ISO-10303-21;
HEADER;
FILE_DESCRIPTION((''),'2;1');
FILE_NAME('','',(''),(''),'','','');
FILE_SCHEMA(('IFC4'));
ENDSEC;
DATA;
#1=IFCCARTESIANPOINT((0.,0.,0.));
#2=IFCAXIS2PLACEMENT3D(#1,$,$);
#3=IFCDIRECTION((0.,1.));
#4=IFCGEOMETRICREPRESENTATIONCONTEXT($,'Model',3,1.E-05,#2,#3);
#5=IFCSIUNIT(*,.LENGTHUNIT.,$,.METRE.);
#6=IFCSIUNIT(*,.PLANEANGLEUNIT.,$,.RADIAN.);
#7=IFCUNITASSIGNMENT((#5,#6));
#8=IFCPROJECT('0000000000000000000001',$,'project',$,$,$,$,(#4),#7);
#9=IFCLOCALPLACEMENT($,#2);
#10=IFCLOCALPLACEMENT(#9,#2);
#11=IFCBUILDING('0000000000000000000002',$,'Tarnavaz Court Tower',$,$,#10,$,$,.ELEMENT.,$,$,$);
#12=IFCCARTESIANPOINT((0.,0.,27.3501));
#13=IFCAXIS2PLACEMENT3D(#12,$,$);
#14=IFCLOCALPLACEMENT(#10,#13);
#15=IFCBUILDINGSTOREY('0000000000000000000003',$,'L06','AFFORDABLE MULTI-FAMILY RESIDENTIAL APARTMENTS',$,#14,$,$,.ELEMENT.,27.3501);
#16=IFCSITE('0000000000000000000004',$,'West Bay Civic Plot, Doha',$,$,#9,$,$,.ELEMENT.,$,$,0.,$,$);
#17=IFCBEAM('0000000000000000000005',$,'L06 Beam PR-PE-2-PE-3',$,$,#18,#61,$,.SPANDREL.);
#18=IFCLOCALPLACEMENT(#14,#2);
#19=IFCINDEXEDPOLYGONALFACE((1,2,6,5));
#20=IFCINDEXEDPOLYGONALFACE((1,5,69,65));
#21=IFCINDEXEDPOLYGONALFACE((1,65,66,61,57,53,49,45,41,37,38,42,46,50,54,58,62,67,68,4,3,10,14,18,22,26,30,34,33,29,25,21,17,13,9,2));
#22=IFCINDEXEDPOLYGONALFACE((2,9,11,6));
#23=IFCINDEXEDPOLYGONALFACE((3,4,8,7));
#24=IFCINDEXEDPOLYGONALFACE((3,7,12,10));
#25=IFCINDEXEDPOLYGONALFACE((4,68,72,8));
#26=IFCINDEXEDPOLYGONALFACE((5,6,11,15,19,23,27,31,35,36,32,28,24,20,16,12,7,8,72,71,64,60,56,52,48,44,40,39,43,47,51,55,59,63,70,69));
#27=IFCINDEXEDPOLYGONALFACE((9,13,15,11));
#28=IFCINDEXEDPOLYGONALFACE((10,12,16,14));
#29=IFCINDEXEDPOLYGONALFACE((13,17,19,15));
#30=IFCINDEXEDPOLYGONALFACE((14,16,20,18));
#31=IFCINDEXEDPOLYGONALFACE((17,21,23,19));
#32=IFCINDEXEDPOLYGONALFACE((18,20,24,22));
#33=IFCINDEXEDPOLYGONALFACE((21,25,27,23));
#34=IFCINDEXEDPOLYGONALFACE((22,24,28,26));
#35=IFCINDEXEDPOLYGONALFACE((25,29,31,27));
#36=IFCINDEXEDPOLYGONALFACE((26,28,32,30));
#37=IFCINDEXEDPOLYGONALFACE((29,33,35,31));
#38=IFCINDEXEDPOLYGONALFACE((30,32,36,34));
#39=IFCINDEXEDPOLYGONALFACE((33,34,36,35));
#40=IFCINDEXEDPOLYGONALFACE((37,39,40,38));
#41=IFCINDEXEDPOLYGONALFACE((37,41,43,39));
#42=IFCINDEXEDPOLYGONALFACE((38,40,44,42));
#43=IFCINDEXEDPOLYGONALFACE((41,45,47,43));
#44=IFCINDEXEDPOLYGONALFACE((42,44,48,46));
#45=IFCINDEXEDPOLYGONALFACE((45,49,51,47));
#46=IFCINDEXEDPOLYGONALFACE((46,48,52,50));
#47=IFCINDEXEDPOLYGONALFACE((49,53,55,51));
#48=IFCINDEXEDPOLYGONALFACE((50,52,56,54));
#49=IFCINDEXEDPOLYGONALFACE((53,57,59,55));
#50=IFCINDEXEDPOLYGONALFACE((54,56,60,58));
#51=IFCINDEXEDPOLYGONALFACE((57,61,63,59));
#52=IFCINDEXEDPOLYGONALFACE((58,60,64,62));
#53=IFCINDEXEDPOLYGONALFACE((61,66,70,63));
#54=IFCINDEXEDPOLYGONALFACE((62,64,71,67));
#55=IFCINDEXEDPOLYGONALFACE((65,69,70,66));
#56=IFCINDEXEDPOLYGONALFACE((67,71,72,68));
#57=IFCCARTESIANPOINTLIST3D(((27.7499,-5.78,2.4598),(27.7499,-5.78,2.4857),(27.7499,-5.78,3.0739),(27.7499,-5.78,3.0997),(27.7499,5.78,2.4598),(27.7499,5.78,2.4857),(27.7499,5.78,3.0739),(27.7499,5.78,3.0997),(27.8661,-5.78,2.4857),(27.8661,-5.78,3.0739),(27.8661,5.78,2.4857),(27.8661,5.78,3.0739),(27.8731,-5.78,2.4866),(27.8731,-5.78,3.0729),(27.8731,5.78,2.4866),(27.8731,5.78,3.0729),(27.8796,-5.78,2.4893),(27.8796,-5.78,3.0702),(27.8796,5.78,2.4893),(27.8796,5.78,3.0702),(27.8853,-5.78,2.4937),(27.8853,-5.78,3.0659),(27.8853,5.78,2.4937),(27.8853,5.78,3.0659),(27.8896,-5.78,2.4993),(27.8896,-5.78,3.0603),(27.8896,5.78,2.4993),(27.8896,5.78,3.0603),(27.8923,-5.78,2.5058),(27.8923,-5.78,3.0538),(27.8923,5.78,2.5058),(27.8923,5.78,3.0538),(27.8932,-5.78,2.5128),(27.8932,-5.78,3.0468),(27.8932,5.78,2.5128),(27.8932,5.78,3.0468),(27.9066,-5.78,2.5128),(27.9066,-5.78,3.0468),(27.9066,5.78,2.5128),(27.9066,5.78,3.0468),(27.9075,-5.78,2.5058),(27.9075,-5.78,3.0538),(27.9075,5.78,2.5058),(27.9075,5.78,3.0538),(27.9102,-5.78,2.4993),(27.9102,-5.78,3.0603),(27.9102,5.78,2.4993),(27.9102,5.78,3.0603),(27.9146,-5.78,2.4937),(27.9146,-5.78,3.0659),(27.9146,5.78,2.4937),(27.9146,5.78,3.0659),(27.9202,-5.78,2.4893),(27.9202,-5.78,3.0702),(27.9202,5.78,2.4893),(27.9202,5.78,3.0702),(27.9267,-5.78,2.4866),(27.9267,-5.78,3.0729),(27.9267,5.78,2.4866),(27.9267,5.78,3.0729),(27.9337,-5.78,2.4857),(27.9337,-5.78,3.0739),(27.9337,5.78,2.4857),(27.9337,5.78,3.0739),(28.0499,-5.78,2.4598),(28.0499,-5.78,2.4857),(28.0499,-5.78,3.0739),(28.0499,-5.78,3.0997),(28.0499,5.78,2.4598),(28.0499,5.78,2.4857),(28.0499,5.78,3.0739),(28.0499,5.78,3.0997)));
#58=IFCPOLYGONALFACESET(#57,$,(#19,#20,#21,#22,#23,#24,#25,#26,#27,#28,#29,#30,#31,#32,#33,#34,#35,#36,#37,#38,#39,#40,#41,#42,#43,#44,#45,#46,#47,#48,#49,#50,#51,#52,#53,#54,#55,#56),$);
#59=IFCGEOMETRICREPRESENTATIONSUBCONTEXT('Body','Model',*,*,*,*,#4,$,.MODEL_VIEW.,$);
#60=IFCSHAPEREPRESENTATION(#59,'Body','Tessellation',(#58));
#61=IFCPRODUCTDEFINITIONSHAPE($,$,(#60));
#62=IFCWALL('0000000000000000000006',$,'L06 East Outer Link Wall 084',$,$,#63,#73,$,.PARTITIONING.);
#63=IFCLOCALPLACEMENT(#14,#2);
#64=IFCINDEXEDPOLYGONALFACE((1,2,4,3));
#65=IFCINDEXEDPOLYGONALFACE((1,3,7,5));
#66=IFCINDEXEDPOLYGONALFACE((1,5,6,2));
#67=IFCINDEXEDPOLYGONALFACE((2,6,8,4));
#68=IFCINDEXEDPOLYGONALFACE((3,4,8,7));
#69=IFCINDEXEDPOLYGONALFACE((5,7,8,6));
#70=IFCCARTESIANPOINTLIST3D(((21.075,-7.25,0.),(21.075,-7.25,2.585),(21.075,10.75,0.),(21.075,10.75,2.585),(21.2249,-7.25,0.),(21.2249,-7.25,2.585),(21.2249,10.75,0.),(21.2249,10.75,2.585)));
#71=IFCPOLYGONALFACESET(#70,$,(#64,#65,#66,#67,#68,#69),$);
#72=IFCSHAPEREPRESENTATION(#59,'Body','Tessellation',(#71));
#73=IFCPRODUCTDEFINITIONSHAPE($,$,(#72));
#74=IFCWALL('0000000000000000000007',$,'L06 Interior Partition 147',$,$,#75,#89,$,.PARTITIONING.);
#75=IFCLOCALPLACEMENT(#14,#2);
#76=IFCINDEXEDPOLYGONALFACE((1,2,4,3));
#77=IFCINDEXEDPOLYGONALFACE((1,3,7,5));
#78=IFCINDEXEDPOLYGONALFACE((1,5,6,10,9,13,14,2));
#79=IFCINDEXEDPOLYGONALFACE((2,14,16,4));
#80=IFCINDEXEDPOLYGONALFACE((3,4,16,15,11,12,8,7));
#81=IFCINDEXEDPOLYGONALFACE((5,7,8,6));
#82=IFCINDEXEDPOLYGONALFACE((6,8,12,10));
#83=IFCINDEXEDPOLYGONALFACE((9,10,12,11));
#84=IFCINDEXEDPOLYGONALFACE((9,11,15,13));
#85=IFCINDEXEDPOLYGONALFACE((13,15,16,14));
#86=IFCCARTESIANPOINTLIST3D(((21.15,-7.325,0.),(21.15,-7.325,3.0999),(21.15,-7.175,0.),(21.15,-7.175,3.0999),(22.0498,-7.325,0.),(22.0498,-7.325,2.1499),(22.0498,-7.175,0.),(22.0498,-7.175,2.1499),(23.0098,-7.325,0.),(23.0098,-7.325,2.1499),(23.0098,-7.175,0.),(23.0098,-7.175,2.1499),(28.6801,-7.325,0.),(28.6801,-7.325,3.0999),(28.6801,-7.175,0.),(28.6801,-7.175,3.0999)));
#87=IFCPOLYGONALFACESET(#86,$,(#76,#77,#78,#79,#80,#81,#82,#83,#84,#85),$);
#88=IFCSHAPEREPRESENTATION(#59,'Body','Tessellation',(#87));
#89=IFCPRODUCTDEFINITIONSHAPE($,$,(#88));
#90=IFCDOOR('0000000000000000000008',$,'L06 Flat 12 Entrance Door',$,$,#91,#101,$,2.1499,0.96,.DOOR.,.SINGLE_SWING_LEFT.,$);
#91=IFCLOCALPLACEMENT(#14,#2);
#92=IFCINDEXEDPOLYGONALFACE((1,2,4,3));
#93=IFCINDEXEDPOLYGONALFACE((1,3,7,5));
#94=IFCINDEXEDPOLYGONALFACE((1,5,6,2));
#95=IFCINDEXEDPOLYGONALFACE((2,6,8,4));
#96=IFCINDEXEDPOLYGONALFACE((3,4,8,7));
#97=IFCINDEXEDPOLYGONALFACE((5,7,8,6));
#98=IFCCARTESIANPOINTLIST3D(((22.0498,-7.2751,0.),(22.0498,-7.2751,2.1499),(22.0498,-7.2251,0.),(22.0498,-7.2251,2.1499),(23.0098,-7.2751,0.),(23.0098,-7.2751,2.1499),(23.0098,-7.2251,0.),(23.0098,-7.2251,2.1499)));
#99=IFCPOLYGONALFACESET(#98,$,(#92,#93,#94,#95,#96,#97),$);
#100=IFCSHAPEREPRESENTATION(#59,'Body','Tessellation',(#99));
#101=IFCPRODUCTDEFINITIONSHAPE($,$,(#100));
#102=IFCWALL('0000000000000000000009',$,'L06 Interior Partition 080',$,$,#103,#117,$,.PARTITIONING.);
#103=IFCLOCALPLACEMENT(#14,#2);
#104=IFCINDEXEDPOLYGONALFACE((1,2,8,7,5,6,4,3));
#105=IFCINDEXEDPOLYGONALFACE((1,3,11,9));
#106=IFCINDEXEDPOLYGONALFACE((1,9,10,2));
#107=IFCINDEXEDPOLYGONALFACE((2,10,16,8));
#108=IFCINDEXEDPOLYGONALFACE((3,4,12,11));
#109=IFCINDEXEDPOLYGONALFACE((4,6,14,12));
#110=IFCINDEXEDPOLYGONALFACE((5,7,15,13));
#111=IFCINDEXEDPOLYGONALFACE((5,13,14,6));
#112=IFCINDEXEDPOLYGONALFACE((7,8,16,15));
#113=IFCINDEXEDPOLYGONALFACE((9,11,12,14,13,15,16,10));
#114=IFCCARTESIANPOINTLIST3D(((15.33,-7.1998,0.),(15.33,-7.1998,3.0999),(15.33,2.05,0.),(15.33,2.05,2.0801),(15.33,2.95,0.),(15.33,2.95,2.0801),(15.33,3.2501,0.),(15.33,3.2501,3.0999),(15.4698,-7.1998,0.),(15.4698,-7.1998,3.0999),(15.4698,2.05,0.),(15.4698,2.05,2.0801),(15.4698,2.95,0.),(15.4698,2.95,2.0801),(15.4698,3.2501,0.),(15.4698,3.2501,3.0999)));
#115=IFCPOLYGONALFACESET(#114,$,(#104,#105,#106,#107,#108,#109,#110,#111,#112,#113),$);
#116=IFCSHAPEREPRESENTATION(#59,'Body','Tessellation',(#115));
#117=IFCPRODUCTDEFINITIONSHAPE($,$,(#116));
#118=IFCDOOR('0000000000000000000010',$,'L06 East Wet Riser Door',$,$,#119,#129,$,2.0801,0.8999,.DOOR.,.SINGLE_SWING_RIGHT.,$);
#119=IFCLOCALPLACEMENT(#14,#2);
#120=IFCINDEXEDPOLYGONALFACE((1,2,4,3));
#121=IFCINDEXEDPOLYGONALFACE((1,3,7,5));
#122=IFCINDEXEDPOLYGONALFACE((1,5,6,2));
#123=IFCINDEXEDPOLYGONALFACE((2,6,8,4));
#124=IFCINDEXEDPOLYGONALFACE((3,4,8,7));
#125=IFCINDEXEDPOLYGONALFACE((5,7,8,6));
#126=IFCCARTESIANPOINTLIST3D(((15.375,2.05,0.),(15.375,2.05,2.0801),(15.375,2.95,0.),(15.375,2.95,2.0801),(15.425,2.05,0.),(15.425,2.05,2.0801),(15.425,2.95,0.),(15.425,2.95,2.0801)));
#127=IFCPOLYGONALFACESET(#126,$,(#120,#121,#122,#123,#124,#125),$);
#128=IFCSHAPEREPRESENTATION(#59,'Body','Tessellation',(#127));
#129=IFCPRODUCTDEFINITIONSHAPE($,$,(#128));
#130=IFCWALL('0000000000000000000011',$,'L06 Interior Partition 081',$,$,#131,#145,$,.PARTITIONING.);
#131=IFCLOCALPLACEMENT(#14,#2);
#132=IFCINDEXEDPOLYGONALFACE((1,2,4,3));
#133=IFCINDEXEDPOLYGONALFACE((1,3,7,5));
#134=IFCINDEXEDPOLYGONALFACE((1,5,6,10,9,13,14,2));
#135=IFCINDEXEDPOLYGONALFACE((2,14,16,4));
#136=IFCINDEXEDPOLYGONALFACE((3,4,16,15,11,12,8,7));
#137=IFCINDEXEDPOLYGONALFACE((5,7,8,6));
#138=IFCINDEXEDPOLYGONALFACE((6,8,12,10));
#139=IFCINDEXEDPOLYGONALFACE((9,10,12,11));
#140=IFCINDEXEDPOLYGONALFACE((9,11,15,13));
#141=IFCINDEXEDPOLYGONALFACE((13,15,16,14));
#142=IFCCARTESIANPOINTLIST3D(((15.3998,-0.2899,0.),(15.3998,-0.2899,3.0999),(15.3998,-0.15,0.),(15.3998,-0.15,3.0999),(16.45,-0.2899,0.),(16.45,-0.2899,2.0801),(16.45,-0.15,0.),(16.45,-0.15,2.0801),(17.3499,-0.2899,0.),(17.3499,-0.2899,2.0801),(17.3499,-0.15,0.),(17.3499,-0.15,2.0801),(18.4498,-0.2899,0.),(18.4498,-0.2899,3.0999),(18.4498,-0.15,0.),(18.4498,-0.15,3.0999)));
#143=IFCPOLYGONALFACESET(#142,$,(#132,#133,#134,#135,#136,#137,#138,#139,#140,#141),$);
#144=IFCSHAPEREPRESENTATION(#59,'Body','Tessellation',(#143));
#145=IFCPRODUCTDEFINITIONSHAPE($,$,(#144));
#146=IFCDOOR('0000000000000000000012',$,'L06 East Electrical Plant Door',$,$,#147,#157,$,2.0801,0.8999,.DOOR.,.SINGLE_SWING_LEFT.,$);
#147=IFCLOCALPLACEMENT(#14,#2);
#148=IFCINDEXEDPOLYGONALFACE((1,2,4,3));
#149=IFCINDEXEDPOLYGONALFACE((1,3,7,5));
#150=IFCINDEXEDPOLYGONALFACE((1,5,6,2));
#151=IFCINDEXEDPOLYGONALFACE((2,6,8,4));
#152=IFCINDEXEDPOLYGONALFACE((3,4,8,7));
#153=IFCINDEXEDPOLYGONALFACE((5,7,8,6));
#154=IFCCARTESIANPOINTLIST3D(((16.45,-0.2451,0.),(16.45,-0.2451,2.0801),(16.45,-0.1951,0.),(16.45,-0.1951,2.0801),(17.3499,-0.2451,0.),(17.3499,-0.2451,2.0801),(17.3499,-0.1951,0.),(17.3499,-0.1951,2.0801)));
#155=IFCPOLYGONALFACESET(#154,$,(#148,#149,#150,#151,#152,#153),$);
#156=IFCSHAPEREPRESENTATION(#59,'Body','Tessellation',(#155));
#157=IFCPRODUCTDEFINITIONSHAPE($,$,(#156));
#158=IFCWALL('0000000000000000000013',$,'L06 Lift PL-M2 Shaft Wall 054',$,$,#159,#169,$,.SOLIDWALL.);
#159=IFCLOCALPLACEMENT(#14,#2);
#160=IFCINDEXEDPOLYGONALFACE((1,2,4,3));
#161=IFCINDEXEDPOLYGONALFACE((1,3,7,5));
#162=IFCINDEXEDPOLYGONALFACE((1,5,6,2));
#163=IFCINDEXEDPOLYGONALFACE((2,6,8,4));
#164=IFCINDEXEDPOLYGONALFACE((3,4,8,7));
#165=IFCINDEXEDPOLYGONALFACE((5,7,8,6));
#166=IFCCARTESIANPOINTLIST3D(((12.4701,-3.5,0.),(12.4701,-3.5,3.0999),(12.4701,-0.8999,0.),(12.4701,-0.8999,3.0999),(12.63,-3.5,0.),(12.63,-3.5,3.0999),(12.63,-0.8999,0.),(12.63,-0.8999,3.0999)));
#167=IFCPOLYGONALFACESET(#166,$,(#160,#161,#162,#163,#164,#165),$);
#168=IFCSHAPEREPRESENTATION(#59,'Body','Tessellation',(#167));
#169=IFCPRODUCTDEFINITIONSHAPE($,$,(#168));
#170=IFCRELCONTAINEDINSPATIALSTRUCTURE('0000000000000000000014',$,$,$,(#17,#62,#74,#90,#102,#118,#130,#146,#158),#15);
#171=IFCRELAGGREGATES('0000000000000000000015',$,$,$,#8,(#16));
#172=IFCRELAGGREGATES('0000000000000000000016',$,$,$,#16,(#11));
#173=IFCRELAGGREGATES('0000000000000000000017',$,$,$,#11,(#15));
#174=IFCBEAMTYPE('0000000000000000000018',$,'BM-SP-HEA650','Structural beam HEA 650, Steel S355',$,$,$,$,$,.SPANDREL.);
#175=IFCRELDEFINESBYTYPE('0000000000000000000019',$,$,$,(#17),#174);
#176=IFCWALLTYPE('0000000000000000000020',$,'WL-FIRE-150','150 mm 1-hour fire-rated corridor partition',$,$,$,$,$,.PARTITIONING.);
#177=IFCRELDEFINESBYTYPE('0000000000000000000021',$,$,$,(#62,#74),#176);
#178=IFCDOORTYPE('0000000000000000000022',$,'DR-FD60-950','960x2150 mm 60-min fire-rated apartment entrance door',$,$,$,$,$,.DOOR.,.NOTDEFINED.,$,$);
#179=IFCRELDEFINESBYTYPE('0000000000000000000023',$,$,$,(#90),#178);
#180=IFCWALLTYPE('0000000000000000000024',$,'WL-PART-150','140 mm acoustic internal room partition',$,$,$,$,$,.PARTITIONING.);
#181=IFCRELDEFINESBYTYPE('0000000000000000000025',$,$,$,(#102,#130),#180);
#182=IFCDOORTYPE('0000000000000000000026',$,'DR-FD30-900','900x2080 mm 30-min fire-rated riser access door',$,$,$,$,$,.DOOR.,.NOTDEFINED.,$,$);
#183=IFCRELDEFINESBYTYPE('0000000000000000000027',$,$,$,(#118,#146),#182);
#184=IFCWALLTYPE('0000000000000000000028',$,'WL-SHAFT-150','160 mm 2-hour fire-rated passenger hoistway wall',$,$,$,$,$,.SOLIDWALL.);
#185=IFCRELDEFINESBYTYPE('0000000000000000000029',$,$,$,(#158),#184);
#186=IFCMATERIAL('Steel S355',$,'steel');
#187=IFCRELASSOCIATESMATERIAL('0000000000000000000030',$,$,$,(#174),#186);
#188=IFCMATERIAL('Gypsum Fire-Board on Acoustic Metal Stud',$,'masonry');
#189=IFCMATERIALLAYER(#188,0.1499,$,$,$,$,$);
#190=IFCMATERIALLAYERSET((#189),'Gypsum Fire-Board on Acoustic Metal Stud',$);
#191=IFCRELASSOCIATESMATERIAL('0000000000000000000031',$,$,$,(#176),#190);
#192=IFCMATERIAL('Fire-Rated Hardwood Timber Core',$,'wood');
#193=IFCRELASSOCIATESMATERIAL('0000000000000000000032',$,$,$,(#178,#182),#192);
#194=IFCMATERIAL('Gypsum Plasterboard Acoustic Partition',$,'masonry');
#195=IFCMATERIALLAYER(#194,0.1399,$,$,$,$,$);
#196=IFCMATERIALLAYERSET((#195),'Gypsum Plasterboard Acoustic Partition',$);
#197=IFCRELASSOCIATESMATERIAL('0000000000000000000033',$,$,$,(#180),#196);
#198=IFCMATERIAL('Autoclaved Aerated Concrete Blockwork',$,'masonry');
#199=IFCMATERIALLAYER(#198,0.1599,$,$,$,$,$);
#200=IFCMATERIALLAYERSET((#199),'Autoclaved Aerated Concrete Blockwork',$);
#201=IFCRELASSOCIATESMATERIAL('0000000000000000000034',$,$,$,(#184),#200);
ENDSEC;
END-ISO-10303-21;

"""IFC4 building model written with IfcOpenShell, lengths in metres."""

from ifc_helpers import new_model, si_unit, direction, frame, frame_2d, origin, origin_2d, place, context, subcontext, project, spatial, rectangle, i_section, extrude, material, layer, layer_set, material_profile, profile_set, type_object, element, fill, save


model = new_model("IFC4")

# Units and contexts
model_context = context("Model", 3, precision=1e-05, world=origin(), true_north=direction((0.0, 1.0)))
body_context = subcontext(model_context, "Body", "Model", "MODEL_VIEW")
ifc_project = project(units=[si_unit("LENGTHUNIT", "METRE"), si_unit("PLANEANGLEUNIT", "RADIAN")], contexts=[model_context])

# Site, building, storey
site_placement = place(None, origin())
site = spatial("IfcSite", under=ifc_project, at=site_placement, Name="West Bay Civic Plot, Doha", CompositionType="ELEMENT", RefElevation=0.0)
building_placement = place(site_placement, origin())
building = spatial("IfcBuilding", under=site, at=building_placement, Name="Tarnavaz Court Tower", CompositionType="ELEMENT")
storey_placement = place(building_placement, frame((0.0, 0.0, 27.3501)))
storey = spatial("IfcBuildingStorey", under=building, at=storey_placement, Name="L06", Description="AFFORDABLE MULTI-FAMILY RESIDENTIAL APARTMENTS", CompositionType="ELEMENT", Elevation=27.3501)

# Beam
ifc_material_1 = material(Name="Steel S355", Category="steel")
ifc_material_profile_1 = material_profile(ifc_material_1, i_section(OverallWidth=0.3, OverallDepth=0.6399, WebThickness=0.0134, FlangeThickness=0.0259, FilletRadius=0.0271, at=origin_2d()), Name="HEA 650")
ifc_profile_set_1 = profile_set([ifc_material_profile_1], Name="Steel S355")
beam_type_1 = type_object("IfcBeamType", Name="BM-SP-HEA650", Description="Structural beam HEA 650, Steel S355", PredefinedType="SPANDREL", material=ifc_profile_set_1)
beam_1_placement = place(storey_placement, frame((27.8999, -5.78, 2.7798), z_axis=(0.0, 1.0, 0.0), x_axis=(-1.0, 0.0, 0.0)))
element("IfcBeam", 1, at=beam_1_placement, inside=storey, type_object=beam_type_1, Name="L06 Beam PR-PE-2-PE-3", PredefinedType="SPANDREL", context=body_context, shape_type="SweptSolid", body=[
    extrude(i_section(OverallWidth=0.3, OverallDepth=0.6399, WebThickness=0.0134, FlangeThickness=0.0259, FilletRadius=0.0271, at=origin_2d()), origin(), (0.0, 0.0, 1.0), 11.5601),
])

# Wall
ifc_material_2 = material(Name="Gypsum Fire-Board on Acoustic Metal Stud", Category="masonry")
ifc_layer_1 = layer(ifc_material_2, 0.1499)
ifc_layer_set_1 = layer_set([ifc_layer_1], Name="Gypsum Fire-Board on Acoustic Metal Stud")
wall_type_1 = type_object("IfcWallType", Name="WL-FIRE-150", Description="150 mm 1-hour fire-rated corridor partition", PredefinedType="PARTITIONING", material=ifc_layer_set_1)
wall_1_placement = place(storey_placement, frame((21.1499, -7.25, 0.0), z_axis=(0.0, 0.0, 1.0), x_axis=(0.0, 1.0, 0.0)))
element("IfcWall", 2, at=wall_1_placement, inside=storey, type_object=wall_type_1, Name="L06 East Outer Link Wall 084", PredefinedType="PARTITIONING", context=body_context, shape_type="SweptSolid", body=[
    extrude(rectangle(XDim=18.0, YDim=0.1499, at=frame_2d((9.0, 0.0))), origin(), (0.0, 0.0, 1.0), 2.585),
])

# Walls, openings, doors
wall_2_placement = place(storey_placement, frame((21.1499, -7.25, 0.0), z_axis=(0.0, 0.0, 1.0), x_axis=(1.0, 0.0, 0.0)))
wall_2 = element("IfcWall", 3, at=wall_2_placement, inside=storey, type_object=wall_type_1, Name="L06 Interior Partition 147", PredefinedType="PARTITIONING", context=body_context, shape_type="SweptSolid", body=[
    extrude(rectangle(XDim=7.53, YDim=0.1499, at=frame_2d((3.7651, 0.0))), origin(), (0.0, 0.0, 1.0), 3.0999),
])
opening_1_placement = place(wall_2_placement, frame((0.8999, 0.0, 0.0)))
opening_1 = element("IfcOpeningElement", 4, at=opening_1_placement, cuts=wall_2, PredefinedType="OPENING", context=body_context, shape_type="SweptSolid", body=[
    extrude(rectangle(XDim=0.96, YDim=2.1499, at=frame_2d((0.48, 1.075))), frame((0.0, 0.085, 0.0), z_axis=(0.0, -1.0, 0.0), x_axis=(1.0, 0.0, 0.0)), (0.0, 0.0, 1.0), 0.1699),
])
ifc_material_3 = material(Name="Fire-Rated Hardwood Timber Core", Category="wood")
door_type_1 = type_object("IfcDoorType", Name="DR-FD60-950", Description="960x2150 mm 60-min fire-rated apartment entrance door", OperationType="NOTDEFINED", PredefinedType="DOOR", material=ifc_material_3)
door_1_placement = place(opening_1_placement, origin())
door_1 = element("IfcDoor", 5, at=door_1_placement, inside=storey, type_object=door_type_1, Name="L06 Flat 12 Entrance Door", OperationType="SINGLE_SWING_LEFT", OverallHeight=2.1499, OverallWidth=0.96, PredefinedType="DOOR", context=body_context, shape_type="SweptSolid", body=[
    extrude(rectangle(XDim=0.96, YDim=2.1499, at=frame_2d((0.48, 1.075))), frame((0.0, 0.0249, 0.0), z_axis=(0.0, -1.0, 0.0), x_axis=(1.0, 0.0, 0.0)), (0.0, 0.0, 1.0), 0.05),
])
fill(opening_1, door_1)
ifc_material_4 = material(Name="Gypsum Plasterboard Acoustic Partition", Category="masonry")
ifc_layer_2 = layer(ifc_material_4, 0.1399)
ifc_layer_set_2 = layer_set([ifc_layer_2], Name="Gypsum Plasterboard Acoustic Partition")
wall_type_2 = type_object("IfcWallType", Name="WL-PART-150", Description="140 mm acoustic internal room partition", PredefinedType="PARTITIONING", material=ifc_layer_set_2)
wall_3_placement = place(storey_placement, frame((15.3999, -7.2, 0.0), z_axis=(0.0, 0.0, 1.0), x_axis=(0.0, 1.0, 0.0)))
wall_3 = element("IfcWall", 6, at=wall_3_placement, inside=storey, type_object=wall_type_2, Name="L06 Interior Partition 080", PredefinedType="PARTITIONING", context=body_context, shape_type="SweptSolid", body=[
    extrude(rectangle(XDim=10.45, YDim=0.1399, at=frame_2d((5.2251, 0.0))), origin(), (0.0, 0.0, 1.0), 3.0999),
])
opening_2_placement = place(wall_3_placement, frame((9.25, 0.0, 0.0)))
opening_2 = element("IfcOpeningElement", 7, at=opening_2_placement, cuts=wall_3, PredefinedType="OPENING", context=body_context, shape_type="SweptSolid", body=[
    extrude(rectangle(XDim=0.8999, YDim=2.0801, at=frame_2d((0.45, 1.04))), frame((0.0, 0.0798, 0.0), z_axis=(0.0, -1.0, 0.0), x_axis=(1.0, 0.0, 0.0)), (0.0, 0.0, 1.0), 0.1599),
])
door_type_2 = type_object("IfcDoorType", Name="DR-FD30-900", Description="900x2080 mm 30-min fire-rated riser access door", OperationType="NOTDEFINED", PredefinedType="DOOR", material=ifc_material_3)
door_2_placement = place(opening_2_placement, origin())
door_2 = element("IfcDoor", 8, at=door_2_placement, inside=storey, type_object=door_type_2, Name="L06 East Wet Riser Door", OperationType="SINGLE_SWING_RIGHT", OverallHeight=2.0801, OverallWidth=0.8999, PredefinedType="DOOR", context=body_context, shape_type="SweptSolid", body=[
    extrude(rectangle(XDim=0.8999, YDim=2.0801, at=frame_2d((0.45, 1.04))), frame((0.0, 0.0249, 0.0), z_axis=(0.0, -1.0, 0.0), x_axis=(1.0, 0.0, 0.0)), (0.0, 0.0, 1.0), 0.05),
])
fill(opening_2, door_2)
wall_4_placement = place(storey_placement, frame((15.3999, -0.22, 0.0), z_axis=(0.0, 0.0, 1.0), x_axis=(1.0, 0.0, 0.0)))
wall_4 = element("IfcWall", 9, at=wall_4_placement, inside=storey, type_object=wall_type_2, Name="L06 Interior Partition 081", PredefinedType="PARTITIONING", context=body_context, shape_type="SweptSolid", body=[
    extrude(rectangle(XDim=3.05, YDim=0.1399, at=frame_2d((1.5249, 0.0))), origin(), (0.0, 0.0, 1.0), 3.0999),
])
opening_3_placement = place(wall_4_placement, frame((1.05, 0.0, 0.0)))
opening_3 = element("IfcOpeningElement", 10, at=opening_3_placement, cuts=wall_4, PredefinedType="OPENING", context=body_context, shape_type="SweptSolid", body=[
    extrude(rectangle(XDim=0.8999, YDim=2.0801, at=frame_2d((0.45, 1.04))), frame((0.0, 0.0798, 0.0), z_axis=(0.0, -1.0, 0.0), x_axis=(1.0, 0.0, 0.0)), (0.0, 0.0, 1.0), 0.1599),
])
door_3_placement = place(opening_3_placement, origin())
door_3 = element("IfcDoor", 11, at=door_3_placement, inside=storey, type_object=door_type_2, Name="L06 East Electrical Plant Door", OperationType="SINGLE_SWING_LEFT", OverallHeight=2.0801, OverallWidth=0.8999, PredefinedType="DOOR", context=body_context, shape_type="SweptSolid", body=[
    extrude(rectangle(XDim=0.8999, YDim=2.0801, at=frame_2d((0.45, 1.04))), frame((0.0, 0.0249, 0.0), z_axis=(0.0, -1.0, 0.0), x_axis=(1.0, 0.0, 0.0)), (0.0, 0.0, 1.0), 0.05),
])
fill(opening_3, door_3)

# Wall
ifc_material_5 = material(Name="Autoclaved Aerated Concrete Blockwork", Category="masonry")
ifc_layer_3 = layer(ifc_material_5, 0.1599)
ifc_layer_set_3 = layer_set([ifc_layer_3], Name="Autoclaved Aerated Concrete Blockwork")
wall_type_3 = type_object("IfcWallType", Name="WL-SHAFT-150", Description="160 mm 2-hour fire-rated passenger hoistway wall", PredefinedType="SOLIDWALL", material=ifc_layer_set_3)
wall_5_placement = place(storey_placement, frame((12.55, -3.5, 0.0), z_axis=(0.0, 0.0, 1.0), x_axis=(0.0, 1.0, 0.0)))
element("IfcWall", 12, at=wall_5_placement, inside=storey, type_object=wall_type_3, Name="L06 Lift PL-M2 Shaft Wall 054", PredefinedType="SOLIDWALL", context=body_context, shape_type="SweptSolid", body=[
    extrude(rectangle(XDim=2.6001, YDim=0.1599, at=frame_2d((1.3, 0.0))), origin(), (0.0, 0.0, 1.0), 3.0999),
])

save(model, "model.ifc")
